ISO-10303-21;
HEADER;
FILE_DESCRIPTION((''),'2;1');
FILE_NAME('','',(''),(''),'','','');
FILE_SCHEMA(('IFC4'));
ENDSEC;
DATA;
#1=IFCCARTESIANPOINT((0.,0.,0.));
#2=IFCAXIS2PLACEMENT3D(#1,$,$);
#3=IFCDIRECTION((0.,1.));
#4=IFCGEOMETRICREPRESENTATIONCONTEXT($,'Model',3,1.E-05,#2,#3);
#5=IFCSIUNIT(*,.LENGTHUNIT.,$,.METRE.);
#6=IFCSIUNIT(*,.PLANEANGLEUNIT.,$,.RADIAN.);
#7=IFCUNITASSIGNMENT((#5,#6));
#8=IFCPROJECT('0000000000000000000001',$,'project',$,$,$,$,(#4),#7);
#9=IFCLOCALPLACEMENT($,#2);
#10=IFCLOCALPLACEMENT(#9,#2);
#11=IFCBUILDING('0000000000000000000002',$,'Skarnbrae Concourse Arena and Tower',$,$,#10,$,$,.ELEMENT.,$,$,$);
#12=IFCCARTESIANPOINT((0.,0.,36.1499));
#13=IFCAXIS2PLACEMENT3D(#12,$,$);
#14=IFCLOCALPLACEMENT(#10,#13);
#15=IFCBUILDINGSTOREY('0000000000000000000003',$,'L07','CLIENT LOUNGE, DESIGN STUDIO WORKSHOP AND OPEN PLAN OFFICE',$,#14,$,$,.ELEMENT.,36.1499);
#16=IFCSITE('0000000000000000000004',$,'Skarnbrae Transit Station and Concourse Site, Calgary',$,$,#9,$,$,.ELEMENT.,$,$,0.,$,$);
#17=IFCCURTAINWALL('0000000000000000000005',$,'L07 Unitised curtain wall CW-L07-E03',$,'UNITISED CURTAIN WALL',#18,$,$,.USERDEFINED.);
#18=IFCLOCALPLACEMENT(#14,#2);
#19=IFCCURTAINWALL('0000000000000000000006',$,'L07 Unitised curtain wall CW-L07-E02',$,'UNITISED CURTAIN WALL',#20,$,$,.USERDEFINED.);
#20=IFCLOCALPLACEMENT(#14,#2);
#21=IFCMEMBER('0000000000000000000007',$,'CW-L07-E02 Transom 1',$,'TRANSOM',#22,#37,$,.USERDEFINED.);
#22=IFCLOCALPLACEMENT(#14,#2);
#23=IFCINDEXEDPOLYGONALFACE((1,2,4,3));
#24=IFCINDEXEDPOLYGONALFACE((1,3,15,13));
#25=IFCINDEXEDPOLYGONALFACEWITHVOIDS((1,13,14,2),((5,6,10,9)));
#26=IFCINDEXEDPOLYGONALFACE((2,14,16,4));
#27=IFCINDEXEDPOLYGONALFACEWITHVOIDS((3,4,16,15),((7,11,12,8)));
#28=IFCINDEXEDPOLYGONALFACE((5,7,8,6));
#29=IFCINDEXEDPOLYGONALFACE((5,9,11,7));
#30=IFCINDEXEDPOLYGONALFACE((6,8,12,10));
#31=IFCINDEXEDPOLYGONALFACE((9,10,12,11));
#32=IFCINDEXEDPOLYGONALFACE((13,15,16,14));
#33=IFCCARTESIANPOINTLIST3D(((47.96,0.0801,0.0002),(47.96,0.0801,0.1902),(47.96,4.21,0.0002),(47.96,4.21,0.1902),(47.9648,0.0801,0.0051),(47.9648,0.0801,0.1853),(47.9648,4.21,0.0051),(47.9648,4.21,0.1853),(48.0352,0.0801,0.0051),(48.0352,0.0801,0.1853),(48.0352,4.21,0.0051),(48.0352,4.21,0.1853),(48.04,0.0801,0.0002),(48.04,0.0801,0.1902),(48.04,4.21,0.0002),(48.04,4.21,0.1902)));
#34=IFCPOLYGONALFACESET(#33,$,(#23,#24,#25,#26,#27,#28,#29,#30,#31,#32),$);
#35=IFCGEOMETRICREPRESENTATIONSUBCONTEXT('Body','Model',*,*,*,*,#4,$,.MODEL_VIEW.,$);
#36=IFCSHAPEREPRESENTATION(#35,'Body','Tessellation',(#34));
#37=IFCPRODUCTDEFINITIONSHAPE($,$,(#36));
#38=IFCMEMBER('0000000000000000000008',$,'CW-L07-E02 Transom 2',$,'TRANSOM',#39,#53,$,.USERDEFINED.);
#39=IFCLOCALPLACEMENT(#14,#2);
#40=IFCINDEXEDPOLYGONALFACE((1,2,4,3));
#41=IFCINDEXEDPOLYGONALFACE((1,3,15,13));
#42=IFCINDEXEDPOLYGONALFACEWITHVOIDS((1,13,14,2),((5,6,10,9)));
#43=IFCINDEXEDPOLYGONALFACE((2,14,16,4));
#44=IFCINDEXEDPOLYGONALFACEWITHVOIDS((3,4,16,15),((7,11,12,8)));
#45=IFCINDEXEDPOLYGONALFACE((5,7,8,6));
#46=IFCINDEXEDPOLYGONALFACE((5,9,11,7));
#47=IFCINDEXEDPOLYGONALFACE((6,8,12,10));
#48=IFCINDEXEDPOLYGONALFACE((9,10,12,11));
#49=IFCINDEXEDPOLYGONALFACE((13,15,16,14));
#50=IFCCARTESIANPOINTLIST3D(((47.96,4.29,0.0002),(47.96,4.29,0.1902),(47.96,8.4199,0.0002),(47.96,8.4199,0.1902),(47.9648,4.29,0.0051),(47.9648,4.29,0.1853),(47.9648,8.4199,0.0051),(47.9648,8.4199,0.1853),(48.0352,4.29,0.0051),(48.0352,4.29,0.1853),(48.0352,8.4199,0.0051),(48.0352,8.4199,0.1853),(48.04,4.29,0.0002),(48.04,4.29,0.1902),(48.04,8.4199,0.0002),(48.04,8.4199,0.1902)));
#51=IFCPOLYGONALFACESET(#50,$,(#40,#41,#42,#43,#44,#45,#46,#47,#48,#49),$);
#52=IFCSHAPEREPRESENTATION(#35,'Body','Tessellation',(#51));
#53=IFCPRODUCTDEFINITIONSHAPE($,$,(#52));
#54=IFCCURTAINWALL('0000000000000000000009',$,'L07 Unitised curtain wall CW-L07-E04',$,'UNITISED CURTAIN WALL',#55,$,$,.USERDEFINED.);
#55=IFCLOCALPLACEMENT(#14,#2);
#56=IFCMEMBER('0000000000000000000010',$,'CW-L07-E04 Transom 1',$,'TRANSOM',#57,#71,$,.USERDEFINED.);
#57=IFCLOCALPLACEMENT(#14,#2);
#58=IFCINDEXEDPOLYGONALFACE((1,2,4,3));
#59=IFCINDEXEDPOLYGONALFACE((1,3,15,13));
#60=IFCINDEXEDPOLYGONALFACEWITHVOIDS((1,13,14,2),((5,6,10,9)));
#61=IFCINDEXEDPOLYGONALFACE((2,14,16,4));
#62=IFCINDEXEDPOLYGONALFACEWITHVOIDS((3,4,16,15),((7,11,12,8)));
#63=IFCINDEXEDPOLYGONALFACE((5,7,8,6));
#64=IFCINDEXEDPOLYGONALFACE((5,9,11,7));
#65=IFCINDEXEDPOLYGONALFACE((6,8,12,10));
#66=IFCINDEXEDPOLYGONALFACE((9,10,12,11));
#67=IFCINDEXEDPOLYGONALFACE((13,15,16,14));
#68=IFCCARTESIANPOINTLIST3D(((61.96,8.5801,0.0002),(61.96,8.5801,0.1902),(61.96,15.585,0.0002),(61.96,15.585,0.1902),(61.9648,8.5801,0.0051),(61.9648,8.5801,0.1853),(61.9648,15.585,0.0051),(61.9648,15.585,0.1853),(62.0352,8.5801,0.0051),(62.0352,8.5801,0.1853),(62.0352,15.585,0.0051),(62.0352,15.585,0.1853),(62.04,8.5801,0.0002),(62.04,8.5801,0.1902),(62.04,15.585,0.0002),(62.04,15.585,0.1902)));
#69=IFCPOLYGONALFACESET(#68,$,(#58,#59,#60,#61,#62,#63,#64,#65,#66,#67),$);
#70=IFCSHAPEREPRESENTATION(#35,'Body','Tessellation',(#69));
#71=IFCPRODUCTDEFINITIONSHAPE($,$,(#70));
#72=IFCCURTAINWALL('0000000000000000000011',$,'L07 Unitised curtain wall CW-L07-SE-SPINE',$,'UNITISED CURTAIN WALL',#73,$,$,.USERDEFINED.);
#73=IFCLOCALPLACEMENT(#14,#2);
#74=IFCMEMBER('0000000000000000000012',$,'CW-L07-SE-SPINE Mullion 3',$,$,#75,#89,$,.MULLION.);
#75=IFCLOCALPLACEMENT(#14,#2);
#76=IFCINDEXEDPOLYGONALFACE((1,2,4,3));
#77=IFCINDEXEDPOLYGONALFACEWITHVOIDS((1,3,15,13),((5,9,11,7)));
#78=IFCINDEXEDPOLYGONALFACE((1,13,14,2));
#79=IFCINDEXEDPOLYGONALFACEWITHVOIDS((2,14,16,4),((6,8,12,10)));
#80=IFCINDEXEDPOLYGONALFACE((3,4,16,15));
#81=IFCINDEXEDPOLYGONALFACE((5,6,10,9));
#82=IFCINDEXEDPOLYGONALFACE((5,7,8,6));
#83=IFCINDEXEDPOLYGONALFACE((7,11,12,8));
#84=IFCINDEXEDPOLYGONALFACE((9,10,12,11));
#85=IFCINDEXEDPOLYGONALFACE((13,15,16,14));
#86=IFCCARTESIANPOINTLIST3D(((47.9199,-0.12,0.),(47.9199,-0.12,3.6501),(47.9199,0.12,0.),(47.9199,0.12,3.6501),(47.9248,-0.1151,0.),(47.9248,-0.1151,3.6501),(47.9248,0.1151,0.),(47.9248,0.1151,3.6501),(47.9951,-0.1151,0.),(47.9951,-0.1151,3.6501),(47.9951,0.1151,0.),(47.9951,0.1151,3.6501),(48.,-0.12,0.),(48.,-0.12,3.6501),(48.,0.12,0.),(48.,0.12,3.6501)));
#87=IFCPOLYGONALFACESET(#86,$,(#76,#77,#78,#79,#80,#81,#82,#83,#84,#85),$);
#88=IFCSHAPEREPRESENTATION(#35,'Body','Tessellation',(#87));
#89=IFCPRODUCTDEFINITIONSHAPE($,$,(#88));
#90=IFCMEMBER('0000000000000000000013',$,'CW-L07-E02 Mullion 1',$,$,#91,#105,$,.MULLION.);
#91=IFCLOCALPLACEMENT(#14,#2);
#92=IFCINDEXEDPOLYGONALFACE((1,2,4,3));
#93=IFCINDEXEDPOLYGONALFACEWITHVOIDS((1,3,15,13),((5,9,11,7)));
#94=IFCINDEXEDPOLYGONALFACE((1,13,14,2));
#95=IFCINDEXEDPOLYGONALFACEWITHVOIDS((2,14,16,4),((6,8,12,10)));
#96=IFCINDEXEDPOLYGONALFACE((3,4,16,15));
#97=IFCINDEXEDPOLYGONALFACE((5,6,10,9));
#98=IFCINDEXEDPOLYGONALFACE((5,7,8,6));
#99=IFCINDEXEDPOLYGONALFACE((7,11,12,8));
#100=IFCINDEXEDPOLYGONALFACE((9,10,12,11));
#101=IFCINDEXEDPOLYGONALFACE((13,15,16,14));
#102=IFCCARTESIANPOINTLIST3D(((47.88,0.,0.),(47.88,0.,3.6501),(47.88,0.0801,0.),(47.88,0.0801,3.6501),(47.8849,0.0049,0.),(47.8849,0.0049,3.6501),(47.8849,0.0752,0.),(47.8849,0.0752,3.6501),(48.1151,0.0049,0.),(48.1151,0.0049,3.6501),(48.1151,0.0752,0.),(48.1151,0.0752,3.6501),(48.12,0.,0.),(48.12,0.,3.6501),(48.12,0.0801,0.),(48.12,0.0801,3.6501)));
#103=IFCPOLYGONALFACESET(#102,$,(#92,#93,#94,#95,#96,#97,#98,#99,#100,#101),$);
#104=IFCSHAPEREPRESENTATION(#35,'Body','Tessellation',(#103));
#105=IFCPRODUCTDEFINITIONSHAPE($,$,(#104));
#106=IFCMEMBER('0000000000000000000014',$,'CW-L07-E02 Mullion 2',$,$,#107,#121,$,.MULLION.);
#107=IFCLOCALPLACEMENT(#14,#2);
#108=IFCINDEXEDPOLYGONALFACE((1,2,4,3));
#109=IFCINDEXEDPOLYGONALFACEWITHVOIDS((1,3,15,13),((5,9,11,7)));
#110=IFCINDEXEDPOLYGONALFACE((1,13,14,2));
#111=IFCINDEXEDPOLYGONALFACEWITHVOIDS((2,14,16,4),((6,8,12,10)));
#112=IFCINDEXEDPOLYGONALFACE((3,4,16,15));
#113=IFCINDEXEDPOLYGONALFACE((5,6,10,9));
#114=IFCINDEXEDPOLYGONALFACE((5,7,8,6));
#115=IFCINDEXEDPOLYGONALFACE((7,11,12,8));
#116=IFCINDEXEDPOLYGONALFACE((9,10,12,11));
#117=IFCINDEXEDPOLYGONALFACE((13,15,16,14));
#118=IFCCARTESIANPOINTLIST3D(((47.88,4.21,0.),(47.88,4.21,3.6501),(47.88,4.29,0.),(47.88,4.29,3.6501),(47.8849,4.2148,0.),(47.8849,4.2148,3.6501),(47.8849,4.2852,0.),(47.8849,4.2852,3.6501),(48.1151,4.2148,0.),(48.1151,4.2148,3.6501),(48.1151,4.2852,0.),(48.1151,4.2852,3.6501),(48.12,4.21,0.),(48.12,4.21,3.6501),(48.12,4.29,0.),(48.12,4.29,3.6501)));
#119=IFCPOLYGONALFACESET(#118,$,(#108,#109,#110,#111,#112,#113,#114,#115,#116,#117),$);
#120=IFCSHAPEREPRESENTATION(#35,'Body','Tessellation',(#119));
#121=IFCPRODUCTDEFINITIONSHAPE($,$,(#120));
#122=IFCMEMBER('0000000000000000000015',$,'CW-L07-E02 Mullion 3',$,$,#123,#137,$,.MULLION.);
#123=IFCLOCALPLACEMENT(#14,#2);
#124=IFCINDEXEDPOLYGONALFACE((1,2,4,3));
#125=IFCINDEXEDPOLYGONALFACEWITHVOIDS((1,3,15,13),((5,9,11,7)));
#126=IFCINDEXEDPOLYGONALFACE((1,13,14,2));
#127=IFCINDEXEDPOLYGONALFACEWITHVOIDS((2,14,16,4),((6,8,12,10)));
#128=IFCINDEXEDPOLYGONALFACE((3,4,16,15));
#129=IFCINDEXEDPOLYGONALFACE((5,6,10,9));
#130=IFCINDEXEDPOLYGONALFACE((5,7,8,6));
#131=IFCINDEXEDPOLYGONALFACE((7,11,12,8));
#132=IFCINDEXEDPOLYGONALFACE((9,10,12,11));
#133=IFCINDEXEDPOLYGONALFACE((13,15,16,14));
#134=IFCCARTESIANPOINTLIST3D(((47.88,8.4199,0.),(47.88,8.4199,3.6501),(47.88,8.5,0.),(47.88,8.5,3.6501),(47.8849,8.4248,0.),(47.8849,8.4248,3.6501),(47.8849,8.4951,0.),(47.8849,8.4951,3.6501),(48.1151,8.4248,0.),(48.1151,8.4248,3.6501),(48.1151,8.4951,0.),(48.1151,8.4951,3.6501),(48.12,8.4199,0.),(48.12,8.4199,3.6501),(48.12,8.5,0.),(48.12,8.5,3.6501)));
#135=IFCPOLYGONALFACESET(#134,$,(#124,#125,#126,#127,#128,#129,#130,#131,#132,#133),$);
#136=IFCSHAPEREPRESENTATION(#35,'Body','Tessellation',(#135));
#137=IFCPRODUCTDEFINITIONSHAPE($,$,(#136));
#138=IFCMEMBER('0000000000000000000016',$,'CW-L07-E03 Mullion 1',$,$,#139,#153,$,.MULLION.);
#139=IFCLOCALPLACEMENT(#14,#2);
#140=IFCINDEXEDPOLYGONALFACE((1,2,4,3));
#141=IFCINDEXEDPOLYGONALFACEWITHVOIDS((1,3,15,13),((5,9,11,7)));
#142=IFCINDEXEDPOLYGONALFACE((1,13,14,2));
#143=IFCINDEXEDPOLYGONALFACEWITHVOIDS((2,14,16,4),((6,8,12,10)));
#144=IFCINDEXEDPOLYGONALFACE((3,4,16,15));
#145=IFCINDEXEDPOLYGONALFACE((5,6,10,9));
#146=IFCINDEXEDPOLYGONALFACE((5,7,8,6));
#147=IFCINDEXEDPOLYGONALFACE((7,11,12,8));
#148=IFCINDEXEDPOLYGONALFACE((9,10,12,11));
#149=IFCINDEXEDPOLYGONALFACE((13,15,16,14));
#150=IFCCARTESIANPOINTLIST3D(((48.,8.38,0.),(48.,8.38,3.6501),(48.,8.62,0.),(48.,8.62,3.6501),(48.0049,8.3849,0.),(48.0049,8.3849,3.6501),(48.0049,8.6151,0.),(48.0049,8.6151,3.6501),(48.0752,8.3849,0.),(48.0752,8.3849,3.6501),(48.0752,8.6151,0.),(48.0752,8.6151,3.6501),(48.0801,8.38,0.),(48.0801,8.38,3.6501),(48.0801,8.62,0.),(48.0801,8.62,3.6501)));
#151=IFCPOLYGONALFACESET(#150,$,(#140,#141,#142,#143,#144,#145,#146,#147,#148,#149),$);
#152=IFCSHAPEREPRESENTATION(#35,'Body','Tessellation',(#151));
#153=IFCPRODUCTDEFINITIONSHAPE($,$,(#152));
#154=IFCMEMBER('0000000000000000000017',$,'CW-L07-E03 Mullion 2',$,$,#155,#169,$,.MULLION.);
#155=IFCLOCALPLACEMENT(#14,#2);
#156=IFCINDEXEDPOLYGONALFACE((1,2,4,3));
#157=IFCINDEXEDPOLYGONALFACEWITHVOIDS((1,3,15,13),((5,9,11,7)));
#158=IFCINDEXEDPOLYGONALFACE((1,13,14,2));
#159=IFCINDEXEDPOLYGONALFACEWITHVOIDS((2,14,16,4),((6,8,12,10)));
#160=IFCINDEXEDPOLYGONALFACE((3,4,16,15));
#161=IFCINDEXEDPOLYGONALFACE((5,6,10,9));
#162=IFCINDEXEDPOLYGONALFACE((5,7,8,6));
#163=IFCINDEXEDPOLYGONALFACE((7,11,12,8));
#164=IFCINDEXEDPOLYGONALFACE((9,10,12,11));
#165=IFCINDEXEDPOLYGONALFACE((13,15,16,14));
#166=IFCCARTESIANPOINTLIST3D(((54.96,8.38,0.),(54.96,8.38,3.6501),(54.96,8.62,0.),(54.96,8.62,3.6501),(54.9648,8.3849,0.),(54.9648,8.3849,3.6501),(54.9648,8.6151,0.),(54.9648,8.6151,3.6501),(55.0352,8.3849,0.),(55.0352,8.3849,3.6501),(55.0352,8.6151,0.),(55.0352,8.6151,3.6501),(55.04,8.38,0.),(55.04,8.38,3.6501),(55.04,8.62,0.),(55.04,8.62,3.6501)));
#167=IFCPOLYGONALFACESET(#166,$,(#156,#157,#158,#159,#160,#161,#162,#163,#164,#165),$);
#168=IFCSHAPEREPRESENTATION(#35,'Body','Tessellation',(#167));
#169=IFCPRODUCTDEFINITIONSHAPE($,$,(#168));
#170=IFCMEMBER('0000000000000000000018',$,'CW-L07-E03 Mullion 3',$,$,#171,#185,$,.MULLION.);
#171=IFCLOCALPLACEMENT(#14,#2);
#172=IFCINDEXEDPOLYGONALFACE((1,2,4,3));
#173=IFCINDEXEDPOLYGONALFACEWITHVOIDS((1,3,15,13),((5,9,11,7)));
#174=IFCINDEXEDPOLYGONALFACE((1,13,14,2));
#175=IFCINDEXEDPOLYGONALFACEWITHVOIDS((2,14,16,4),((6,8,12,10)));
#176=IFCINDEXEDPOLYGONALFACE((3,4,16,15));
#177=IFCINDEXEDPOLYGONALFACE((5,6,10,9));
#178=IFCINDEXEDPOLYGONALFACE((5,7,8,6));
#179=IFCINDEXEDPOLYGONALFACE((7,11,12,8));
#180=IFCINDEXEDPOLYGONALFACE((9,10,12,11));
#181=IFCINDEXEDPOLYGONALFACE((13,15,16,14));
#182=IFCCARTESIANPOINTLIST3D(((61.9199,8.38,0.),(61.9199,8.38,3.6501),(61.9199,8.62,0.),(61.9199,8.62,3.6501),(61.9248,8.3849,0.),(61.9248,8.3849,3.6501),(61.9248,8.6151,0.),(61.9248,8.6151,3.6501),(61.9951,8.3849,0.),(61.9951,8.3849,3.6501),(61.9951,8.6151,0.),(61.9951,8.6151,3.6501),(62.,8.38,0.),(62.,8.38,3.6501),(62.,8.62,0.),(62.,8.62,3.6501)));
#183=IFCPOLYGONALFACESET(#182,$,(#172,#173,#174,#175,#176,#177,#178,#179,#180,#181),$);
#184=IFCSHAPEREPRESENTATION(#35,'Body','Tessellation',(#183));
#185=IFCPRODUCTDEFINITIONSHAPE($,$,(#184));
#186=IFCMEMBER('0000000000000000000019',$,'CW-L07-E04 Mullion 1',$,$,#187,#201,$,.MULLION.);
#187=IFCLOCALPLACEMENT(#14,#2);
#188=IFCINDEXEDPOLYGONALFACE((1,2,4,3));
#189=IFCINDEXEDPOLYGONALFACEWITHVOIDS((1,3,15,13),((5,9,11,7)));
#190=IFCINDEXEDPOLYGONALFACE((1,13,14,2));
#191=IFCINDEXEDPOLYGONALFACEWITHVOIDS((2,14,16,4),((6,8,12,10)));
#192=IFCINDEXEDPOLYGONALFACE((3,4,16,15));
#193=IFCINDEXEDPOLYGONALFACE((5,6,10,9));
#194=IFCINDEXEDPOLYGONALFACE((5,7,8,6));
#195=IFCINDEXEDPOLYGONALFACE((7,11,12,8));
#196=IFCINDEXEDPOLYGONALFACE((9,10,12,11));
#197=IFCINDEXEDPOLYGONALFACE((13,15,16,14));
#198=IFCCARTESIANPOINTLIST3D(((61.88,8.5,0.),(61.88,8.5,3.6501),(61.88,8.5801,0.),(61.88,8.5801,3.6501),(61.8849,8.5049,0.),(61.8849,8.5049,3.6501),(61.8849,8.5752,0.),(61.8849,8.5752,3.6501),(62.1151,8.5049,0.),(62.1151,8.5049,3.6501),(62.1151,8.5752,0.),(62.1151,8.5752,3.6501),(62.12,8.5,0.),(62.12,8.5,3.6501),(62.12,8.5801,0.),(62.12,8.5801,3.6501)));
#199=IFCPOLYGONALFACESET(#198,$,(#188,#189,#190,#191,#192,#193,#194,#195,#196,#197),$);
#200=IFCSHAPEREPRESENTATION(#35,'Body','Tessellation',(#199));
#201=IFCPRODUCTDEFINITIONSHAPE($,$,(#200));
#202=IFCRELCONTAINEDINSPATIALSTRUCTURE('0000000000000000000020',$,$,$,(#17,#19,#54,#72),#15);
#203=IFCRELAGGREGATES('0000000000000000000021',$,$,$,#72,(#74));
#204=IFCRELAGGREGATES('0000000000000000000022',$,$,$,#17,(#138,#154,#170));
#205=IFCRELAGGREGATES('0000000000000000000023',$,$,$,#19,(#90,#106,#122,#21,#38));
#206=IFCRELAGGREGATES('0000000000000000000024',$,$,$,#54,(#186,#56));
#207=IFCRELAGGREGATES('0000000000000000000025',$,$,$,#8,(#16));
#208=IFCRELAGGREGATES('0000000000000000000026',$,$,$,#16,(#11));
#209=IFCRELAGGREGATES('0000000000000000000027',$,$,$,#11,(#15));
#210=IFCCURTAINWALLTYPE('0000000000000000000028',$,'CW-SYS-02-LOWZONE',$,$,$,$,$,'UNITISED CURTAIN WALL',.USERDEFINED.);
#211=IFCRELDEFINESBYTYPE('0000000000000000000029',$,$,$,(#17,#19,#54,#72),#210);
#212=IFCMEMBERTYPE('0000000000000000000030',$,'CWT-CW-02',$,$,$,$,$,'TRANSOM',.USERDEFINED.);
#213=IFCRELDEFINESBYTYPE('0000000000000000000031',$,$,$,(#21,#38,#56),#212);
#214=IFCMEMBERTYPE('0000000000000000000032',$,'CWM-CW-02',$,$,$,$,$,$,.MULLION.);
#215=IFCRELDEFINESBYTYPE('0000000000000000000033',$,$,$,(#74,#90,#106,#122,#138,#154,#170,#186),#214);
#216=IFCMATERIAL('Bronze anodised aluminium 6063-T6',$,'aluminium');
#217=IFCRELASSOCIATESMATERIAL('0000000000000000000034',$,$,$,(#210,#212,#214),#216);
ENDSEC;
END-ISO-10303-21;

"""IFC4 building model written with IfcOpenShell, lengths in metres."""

from ifc_helpers import new_model, si_unit, direction, frame, origin, origin_2d, place, context, subcontext, project, spatial, hollow_rectangle, extrude, source, transform, mapped, material, material_profile, profile_set, type_object, element, aggregate, save


model = new_model("IFC4")

# Units and contexts
model_context = context("Model", 3, precision=1e-05, world=origin(), true_north=direction((0.0, 1.0)))
body_context = subcontext(model_context, "Body", "Model", "MODEL_VIEW")
ifc_project = project(units=[si_unit("LENGTHUNIT", "METRE"), si_unit("PLANEANGLEUNIT", "RADIAN")], contexts=[model_context])

# Site, building, storey
site_placement = place(None, origin())
site = spatial("IfcSite", under=ifc_project, at=site_placement, Name="Skarnbrae Transit Station and Concourse Site, Calgary", CompositionType="ELEMENT", RefElevation=0.0)
building_placement = place(site_placement, origin())
building = spatial("IfcBuilding", under=site, at=building_placement, Name="Skarnbrae Concourse Arena and Tower", CompositionType="ELEMENT")
storey_placement = place(building_placement, frame((0.0, 0.0, 36.1499)))
storey = spatial("IfcBuildingStorey", under=building, at=storey_placement, Name="L07", Description="CLIENT LOUNGE, DESIGN STUDIO WORKSHOP AND OPEN PLAN OFFICE", CompositionType="ELEMENT", Elevation=36.1499)

# Curtain walls, members
ifc_material_1 = material(Name="Bronze anodised aluminium 6063-T6", Category="aluminium")
curtain_wall_type = type_object("IfcCurtainWallType", Name="CW-SYS-02-LOWZONE", ElementType="UNITISED CURTAIN WALL", PredefinedType="USERDEFINED", material=ifc_material_1)
curtain_wall_1_placement = place(storey_placement, origin())
curtain_wall_1 = element("IfcCurtainWall", 1, at=curtain_wall_1_placement, inside=storey, type_object=curtain_wall_type, Name="L07 Unitised curtain wall CW-L07-E03", ObjectType="UNITISED CURTAIN WALL", PredefinedType="USERDEFINED")
ifc_material_profile_1 = material_profile(ifc_material_1, hollow_rectangle(XDim=0.0801, YDim=0.1899, WallThickness=0.0049, at=origin_2d()), Name="ALU-TRAN-80X190")
ifc_profile_set_1 = profile_set([ifc_material_profile_1], Name="Bronze anodised aluminium 6063-T6")
member_type_1 = type_object("IfcMemberType", Name="CWT-CW-02", ElementType="TRANSOM", PredefinedType="USERDEFINED", material=ifc_profile_set_1)
curtain_wall_2_placement = place(storey_placement, origin())
curtain_wall_2 = element("IfcCurtainWall", 2, at=curtain_wall_2_placement, inside=storey, type_object=curtain_wall_type, Name="L07 Unitised curtain wall CW-L07-E02", ObjectType="UNITISED CURTAIN WALL", PredefinedType="USERDEFINED")
shared_shape_1 = source(origin(), body_context, "Body", "SweptSolid", [
    extrude(hollow_rectangle(XDim=0.0801, YDim=0.1899, WallThickness=0.0049, at=origin_2d()), origin(), (0.0, 0.0, 1.0), 4.1299),
])
member_1_placement = place(storey_placement, frame((48.0, 0.0801, 0.0952), z_axis=(0.0, 1.0, 0.0), x_axis=(-1.0, 0.0, 0.0)))
member_1 = element("IfcMember", 3, at=member_1_placement, type_object=member_type_1, Name="CW-L07-E02 Transom 1", ObjectType="TRANSOM", PredefinedType="USERDEFINED", context=body_context, shape_type="MappedRepresentation", body=[
    mapped(shared_shape_1, transform((0.0, 0.0, 0.0))),
])
member_2_placement = place(storey_placement, frame((48.0, 4.29, 0.0952), z_axis=(0.0, 1.0, 0.0), x_axis=(-1.0, 0.0, 0.0)))
member_2 = element("IfcMember", 4, at=member_2_placement, type_object=member_type_1, Name="CW-L07-E02 Transom 2", ObjectType="TRANSOM", PredefinedType="USERDEFINED", context=body_context, shape_type="MappedRepresentation", body=[
    mapped(shared_shape_1, transform((0.0, 0.0, 0.0))),
])

# Curtain walls, members
curtain_wall_3_placement = place(storey_placement, origin())
curtain_wall_3 = element("IfcCurtainWall", 5, at=curtain_wall_3_placement, inside=storey, type_object=curtain_wall_type, Name="L07 Unitised curtain wall CW-L07-E04", ObjectType="UNITISED CURTAIN WALL", PredefinedType="USERDEFINED")
shared_shape_2 = source(origin(), body_context, "Body", "SweptSolid", [
    extrude(hollow_rectangle(XDim=0.0801, YDim=0.1899, WallThickness=0.0049, at=origin_2d()), origin(), (0.0, 0.0, 1.0), 7.0049),
])
member_3_placement = place(storey_placement, frame((62.0, 8.5801, 0.0952), z_axis=(0.0, 1.0, 0.0), x_axis=(-1.0, 0.0, 0.0)))
member_3 = element("IfcMember", 6, at=member_3_placement, type_object=member_type_1, Name="CW-L07-E04 Transom 1", ObjectType="TRANSOM", PredefinedType="USERDEFINED", context=body_context, shape_type="MappedRepresentation", body=[
    mapped(shared_shape_2, transform((0.0, 0.0, 0.0))),
])
curtain_wall_4_placement = place(storey_placement, origin())
curtain_wall_4 = element("IfcCurtainWall", 7, at=curtain_wall_4_placement, inside=storey, type_object=curtain_wall_type, Name="L07 Unitised curtain wall CW-L07-SE-SPINE", ObjectType="UNITISED CURTAIN WALL", PredefinedType="USERDEFINED")
ifc_material_profile_2 = material_profile(ifc_material_1, hollow_rectangle(XDim=0.0801, YDim=0.24, WallThickness=0.0049, at=origin_2d()), Name="ALU-MULL-80X240")
ifc_profile_set_2 = profile_set([ifc_material_profile_2], Name="Bronze anodised aluminium 6063-T6")
member_type_2 = type_object("IfcMemberType", Name="CWM-CW-02", PredefinedType="MULLION", material=ifc_profile_set_2)
shared_shape_3 = source(origin(), body_context, "Body", "SweptSolid", [
    extrude(hollow_rectangle(XDim=0.0801, YDim=0.24, WallThickness=0.0049, at=origin_2d()), origin(), (0.0, 0.0, 1.0), 3.6501),
])
member_4_placement = place(storey_placement, frame((47.96, 0.0, 0.0), z_axis=(0.0, 0.0, 1.0), x_axis=(1.0, 0.0, 0.0)))
member_4 = element("IfcMember", 8, at=member_4_placement, type_object=member_type_2, Name="CW-L07-SE-SPINE Mullion 3", PredefinedType="MULLION", context=body_context, shape_type="MappedRepresentation", body=[
    mapped(shared_shape_3, transform((0.0, 0.0, 0.0))),
])
aggregate(curtain_wall_4, [member_4])

# Members
member_5_placement = place(storey_placement, frame((48.0, 0.04, 0.0), z_axis=(0.0, 0.0, 1.0), x_axis=(0.0, 1.0, 0.0)))
member_5 = element("IfcMember", 9, at=member_5_placement, type_object=member_type_2, Name="CW-L07-E02 Mullion 1", PredefinedType="MULLION", context=body_context, shape_type="MappedRepresentation", body=[
    mapped(shared_shape_3, transform((0.0, 0.0, 0.0))),
])
member_6_placement = place(storey_placement, frame((48.0, 4.25, 0.0), z_axis=(0.0, 0.0, 1.0), x_axis=(0.0, 1.0, 0.0)))
member_6 = element("IfcMember", 10, at=member_6_placement, type_object=member_type_2, Name="CW-L07-E02 Mullion 2", PredefinedType="MULLION", context=body_context, shape_type="MappedRepresentation", body=[
    mapped(shared_shape_3, transform((0.0, 0.0, 0.0))),
])
member_7_placement = place(storey_placement, frame((48.0, 8.46, 0.0), z_axis=(0.0, 0.0, 1.0), x_axis=(0.0, 1.0, 0.0)))
member_7 = element("IfcMember", 11, at=member_7_placement, type_object=member_type_2, Name="CW-L07-E02 Mullion 3", PredefinedType="MULLION", context=body_context, shape_type="MappedRepresentation", body=[
    mapped(shared_shape_3, transform((0.0, 0.0, 0.0))),
])
member_8_placement = place(storey_placement, frame((48.04, 8.5, 0.0), z_axis=(0.0, 0.0, 1.0), x_axis=(1.0, 0.0, 0.0)))
member_8 = element("IfcMember", 12, at=member_8_placement, type_object=member_type_2, Name="CW-L07-E03 Mullion 1", PredefinedType="MULLION", context=body_context, shape_type="MappedRepresentation", body=[
    mapped(shared_shape_3, transform((0.0, 0.0, 0.0))),
])
member_9_placement = place(storey_placement, frame((55.0, 8.5, 0.0), z_axis=(0.0, 0.0, 1.0), x_axis=(1.0, 0.0, 0.0)))
member_9 = element("IfcMember", 13, at=member_9_placement, type_object=member_type_2, Name="CW-L07-E03 Mullion 2", PredefinedType="MULLION", context=body_context, shape_type="MappedRepresentation", body=[
    mapped(shared_shape_3, transform((0.0, 0.0, 0.0))),
])
member_10_placement = place(storey_placement, frame((61.96, 8.5, 0.0), z_axis=(0.0, 0.0, 1.0), x_axis=(1.0, 0.0, 0.0)))
member_10 = element("IfcMember", 14, at=member_10_placement, type_object=member_type_2, Name="CW-L07-E03 Mullion 3", PredefinedType="MULLION", context=body_context, shape_type="MappedRepresentation", body=[
    mapped(shared_shape_3, transform((0.0, 0.0, 0.0))),
])
member_11_placement = place(storey_placement, frame((62.0, 8.54, 0.0), z_axis=(0.0, 0.0, 1.0), x_axis=(0.0, 1.0, 0.0)))
member_11 = element("IfcMember", 15, at=member_11_placement, type_object=member_type_2, Name="CW-L07-E04 Mullion 1", PredefinedType="MULLION", context=body_context, shape_type="MappedRepresentation", body=[
    mapped(shared_shape_3, transform((0.0, 0.0, 0.0))),
])

aggregate(curtain_wall_1, [member_8, member_9, member_10])
aggregate(curtain_wall_2, [member_5, member_6, member_7, member_1, member_2])
aggregate(curtain_wall_3, [member_11, member_3])

save(model, "model.ifc")
